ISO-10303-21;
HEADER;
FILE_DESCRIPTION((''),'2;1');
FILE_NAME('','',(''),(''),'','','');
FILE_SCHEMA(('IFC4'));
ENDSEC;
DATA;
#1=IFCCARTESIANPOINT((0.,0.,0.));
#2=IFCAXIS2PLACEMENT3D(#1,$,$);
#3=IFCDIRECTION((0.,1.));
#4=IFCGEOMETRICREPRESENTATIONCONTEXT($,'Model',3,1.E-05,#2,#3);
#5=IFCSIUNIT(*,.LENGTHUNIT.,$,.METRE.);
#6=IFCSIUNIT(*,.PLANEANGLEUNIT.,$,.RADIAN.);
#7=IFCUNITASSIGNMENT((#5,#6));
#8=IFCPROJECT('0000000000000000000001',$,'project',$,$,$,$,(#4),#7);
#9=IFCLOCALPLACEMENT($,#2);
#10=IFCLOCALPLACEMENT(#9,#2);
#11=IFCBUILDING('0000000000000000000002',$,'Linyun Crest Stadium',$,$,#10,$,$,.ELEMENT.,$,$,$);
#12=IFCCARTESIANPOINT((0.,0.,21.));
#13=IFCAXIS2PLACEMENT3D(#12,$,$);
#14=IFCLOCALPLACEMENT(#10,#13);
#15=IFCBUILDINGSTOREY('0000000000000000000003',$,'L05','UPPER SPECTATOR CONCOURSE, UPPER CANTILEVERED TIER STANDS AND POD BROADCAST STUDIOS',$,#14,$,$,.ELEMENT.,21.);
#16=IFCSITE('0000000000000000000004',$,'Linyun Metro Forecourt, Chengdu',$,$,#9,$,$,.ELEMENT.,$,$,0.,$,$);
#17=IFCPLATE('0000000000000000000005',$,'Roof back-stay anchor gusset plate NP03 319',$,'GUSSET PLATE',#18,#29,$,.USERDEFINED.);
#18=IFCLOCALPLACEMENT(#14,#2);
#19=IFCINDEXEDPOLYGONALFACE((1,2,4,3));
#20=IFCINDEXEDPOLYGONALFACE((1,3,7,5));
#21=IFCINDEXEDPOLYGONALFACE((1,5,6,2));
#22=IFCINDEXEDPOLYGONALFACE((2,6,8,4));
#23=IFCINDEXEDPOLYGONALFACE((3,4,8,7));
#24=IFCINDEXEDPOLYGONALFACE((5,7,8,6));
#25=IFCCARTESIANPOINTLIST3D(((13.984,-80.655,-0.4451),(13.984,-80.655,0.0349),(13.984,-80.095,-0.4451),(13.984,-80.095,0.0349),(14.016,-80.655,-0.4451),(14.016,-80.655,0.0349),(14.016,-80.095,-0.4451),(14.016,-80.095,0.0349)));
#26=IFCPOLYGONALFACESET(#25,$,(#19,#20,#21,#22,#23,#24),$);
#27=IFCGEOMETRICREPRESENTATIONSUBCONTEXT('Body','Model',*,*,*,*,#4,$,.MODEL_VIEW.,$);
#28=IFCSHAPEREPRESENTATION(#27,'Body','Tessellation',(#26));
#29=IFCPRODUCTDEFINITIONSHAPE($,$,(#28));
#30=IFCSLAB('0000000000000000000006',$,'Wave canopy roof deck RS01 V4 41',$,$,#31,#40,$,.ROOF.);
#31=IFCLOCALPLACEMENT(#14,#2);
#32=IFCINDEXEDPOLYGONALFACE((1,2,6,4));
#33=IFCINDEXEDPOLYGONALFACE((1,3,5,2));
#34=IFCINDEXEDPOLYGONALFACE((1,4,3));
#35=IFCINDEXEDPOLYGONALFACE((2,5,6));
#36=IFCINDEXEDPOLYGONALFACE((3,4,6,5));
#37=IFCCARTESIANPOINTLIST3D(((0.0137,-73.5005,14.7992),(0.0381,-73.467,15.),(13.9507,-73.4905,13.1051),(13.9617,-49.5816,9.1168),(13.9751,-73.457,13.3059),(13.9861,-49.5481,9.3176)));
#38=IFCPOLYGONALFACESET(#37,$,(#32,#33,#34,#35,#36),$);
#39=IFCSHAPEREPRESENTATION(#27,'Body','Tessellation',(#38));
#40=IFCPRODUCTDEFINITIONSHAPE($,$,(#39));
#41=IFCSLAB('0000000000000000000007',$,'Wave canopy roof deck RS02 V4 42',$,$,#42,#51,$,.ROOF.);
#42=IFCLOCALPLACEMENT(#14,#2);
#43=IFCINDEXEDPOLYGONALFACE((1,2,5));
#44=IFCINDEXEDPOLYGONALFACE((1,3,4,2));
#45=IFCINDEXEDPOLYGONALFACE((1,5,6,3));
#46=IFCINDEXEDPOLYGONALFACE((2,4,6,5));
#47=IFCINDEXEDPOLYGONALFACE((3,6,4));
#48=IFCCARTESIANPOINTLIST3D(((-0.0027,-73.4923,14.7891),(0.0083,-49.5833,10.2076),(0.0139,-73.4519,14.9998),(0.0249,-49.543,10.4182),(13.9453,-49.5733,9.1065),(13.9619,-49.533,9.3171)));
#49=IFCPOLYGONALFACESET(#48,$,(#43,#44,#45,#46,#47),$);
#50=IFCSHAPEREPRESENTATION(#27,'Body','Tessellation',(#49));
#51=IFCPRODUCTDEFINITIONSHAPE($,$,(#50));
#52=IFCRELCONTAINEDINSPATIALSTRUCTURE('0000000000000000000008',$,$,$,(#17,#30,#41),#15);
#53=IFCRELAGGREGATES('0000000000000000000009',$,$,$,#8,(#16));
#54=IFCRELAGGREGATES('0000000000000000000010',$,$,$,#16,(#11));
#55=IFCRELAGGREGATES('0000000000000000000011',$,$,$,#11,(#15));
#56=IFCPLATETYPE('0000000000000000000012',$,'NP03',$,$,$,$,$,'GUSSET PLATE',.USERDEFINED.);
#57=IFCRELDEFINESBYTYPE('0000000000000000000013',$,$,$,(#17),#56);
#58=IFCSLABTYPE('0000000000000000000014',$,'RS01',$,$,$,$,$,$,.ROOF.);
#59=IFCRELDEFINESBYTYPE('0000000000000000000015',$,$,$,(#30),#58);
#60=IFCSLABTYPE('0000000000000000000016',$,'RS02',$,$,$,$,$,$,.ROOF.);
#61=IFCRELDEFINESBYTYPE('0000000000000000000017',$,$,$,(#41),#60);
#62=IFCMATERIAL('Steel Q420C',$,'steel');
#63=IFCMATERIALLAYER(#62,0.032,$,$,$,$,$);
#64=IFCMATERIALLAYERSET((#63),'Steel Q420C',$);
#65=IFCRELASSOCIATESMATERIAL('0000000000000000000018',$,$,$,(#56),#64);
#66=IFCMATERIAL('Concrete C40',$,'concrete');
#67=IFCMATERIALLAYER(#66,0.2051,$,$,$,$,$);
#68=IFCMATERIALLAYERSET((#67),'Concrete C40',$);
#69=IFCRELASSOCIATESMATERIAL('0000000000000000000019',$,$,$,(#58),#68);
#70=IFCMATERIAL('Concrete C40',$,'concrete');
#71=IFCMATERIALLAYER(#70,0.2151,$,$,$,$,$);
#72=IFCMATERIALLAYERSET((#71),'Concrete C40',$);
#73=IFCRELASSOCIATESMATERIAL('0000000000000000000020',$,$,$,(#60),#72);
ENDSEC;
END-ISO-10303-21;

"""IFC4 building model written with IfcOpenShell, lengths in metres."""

from ifc_helpers import new_model, si_unit, direction, frame, origin, origin_2d, place, context, subcontext, project, spatial, polyline, rectangle, outline, extrude, material, layer, layer_set, type_object, element, save


model = new_model("IFC4")

# Units and contexts
model_context = context("Model", 3, precision=1e-05, world=origin(), true_north=direction((0.0, 1.0)))
body_context = subcontext(model_context, "Body", "Model", "MODEL_VIEW")
ifc_project = project(units=[si_unit("LENGTHUNIT", "METRE"), si_unit("PLANEANGLEUNIT", "RADIAN")], contexts=[model_context])

# Site, building, storey
site_placement = place(None, origin())
site = spatial("IfcSite", under=ifc_project, at=site_placement, Name="Linyun Metro Forecourt, Chengdu", CompositionType="ELEMENT", RefElevation=0.0)
building_placement = place(site_placement, origin())
building = spatial("IfcBuilding", under=site, at=building_placement, Name="Linyun Crest Stadium", CompositionType="ELEMENT")
storey_placement = place(building_placement, frame((0.0, 0.0, 21.0)))
storey = spatial("IfcBuildingStorey", under=building, at=storey_placement, Name="L05", Description="UPPER SPECTATOR CONCOURSE, UPPER CANTILEVERED TIER STANDS AND POD BROADCAST STUDIOS", CompositionType="ELEMENT", Elevation=21.0)

# Plate
ifc_material_1 = material(Name="Steel Q420C", Category="steel")
ifc_layer_1 = layer(ifc_material_1, 0.032)
ifc_layer_set_1 = layer_set([ifc_layer_1], Name="Steel Q420C")
plate_type_1 = type_object("IfcPlateType", Name="NP03", ElementType="GUSSET PLATE", PredefinedType="USERDEFINED", material=ifc_layer_set_1)
plate_1_placement = place(storey_placement, frame((14.0, -80.375, -0.4451), z_axis=(0.0, 0.0, 1.0), x_axis=(0.0, 1.0, 0.0)))
element("IfcPlate", 1, at=plate_1_placement, inside=storey, type_object=plate_type_1, Name="Roof back-stay anchor gusset plate NP03 319", ObjectType="GUSSET PLATE", PredefinedType="USERDEFINED", context=body_context, shape_type="SweptSolid", body=[
    extrude(rectangle(XDim=0.5601, YDim=0.032, at=origin_2d()), origin(), (0.0, 0.0, 1.0), 0.48),
])

# Slabs
ifc_material_2 = material(Name="Concrete C40", Category="concrete")
ifc_layer_2 = layer(ifc_material_2, 0.2051)
ifc_layer_set_2 = layer_set([ifc_layer_2], Name="Concrete C40")
slab_type_1 = type_object("IfcSlabType", Name="RS01", PredefinedType="ROOF", material=ifc_layer_set_2)
slab_1_placement = place(storey_placement, frame((0.0381, -73.467, 15.0), z_axis=(0.11893, 0.163317, 0.979379), x_axis=(0.992693, 0.000713, -0.120665)))
element("IfcSlab", 2, at=slab_1_placement, inside=storey, type_object=slab_type_1, Name="Wave canopy roof deck RS01 V4 41", PredefinedType="ROOF", context=body_context, shape_type="SweptSolid", body=[
    extrude(outline(polyline([(0.0, 0.0), (14.0396, 0.0), (14.5488, 24.234), (0.0, 0.0)])), origin(), (0.0, 0.0, -1.0), 0.2051),
])
ifc_material_3 = material(Name="Concrete C40", Category="concrete")
ifc_layer_3 = layer(ifc_material_3, 0.2151)
ifc_layer_set_3 = layer_set([ifc_layer_3], Name="Concrete C40")
slab_type_2 = type_object("IfcSlabType", Name="RS02", PredefinedType="ROOF", material=ifc_layer_set_3)
slab_2_placement = place(storey_placement, frame((0.0139, -73.4519, 14.9998), z_axis=(0.077226, 0.187604, 0.979204), x_axis=(0.493459, 0.846215, -0.201042)))
element("IfcSlab", 3, at=slab_2_placement, inside=storey, type_object=slab_type_2, Name="Wave canopy roof deck RS02 V4 42", PredefinedType="ROOF", context=body_context, shape_type="SweptSolid", body=[
    extrude(outline(polyline([(0.0, 0.0), (28.2658, 0.0), (21.1586, 12.0391), (0.0, 0.0)])), origin(), (0.0, 0.0, -1.0), 0.2151),
])

save(model, "model.ifc")
